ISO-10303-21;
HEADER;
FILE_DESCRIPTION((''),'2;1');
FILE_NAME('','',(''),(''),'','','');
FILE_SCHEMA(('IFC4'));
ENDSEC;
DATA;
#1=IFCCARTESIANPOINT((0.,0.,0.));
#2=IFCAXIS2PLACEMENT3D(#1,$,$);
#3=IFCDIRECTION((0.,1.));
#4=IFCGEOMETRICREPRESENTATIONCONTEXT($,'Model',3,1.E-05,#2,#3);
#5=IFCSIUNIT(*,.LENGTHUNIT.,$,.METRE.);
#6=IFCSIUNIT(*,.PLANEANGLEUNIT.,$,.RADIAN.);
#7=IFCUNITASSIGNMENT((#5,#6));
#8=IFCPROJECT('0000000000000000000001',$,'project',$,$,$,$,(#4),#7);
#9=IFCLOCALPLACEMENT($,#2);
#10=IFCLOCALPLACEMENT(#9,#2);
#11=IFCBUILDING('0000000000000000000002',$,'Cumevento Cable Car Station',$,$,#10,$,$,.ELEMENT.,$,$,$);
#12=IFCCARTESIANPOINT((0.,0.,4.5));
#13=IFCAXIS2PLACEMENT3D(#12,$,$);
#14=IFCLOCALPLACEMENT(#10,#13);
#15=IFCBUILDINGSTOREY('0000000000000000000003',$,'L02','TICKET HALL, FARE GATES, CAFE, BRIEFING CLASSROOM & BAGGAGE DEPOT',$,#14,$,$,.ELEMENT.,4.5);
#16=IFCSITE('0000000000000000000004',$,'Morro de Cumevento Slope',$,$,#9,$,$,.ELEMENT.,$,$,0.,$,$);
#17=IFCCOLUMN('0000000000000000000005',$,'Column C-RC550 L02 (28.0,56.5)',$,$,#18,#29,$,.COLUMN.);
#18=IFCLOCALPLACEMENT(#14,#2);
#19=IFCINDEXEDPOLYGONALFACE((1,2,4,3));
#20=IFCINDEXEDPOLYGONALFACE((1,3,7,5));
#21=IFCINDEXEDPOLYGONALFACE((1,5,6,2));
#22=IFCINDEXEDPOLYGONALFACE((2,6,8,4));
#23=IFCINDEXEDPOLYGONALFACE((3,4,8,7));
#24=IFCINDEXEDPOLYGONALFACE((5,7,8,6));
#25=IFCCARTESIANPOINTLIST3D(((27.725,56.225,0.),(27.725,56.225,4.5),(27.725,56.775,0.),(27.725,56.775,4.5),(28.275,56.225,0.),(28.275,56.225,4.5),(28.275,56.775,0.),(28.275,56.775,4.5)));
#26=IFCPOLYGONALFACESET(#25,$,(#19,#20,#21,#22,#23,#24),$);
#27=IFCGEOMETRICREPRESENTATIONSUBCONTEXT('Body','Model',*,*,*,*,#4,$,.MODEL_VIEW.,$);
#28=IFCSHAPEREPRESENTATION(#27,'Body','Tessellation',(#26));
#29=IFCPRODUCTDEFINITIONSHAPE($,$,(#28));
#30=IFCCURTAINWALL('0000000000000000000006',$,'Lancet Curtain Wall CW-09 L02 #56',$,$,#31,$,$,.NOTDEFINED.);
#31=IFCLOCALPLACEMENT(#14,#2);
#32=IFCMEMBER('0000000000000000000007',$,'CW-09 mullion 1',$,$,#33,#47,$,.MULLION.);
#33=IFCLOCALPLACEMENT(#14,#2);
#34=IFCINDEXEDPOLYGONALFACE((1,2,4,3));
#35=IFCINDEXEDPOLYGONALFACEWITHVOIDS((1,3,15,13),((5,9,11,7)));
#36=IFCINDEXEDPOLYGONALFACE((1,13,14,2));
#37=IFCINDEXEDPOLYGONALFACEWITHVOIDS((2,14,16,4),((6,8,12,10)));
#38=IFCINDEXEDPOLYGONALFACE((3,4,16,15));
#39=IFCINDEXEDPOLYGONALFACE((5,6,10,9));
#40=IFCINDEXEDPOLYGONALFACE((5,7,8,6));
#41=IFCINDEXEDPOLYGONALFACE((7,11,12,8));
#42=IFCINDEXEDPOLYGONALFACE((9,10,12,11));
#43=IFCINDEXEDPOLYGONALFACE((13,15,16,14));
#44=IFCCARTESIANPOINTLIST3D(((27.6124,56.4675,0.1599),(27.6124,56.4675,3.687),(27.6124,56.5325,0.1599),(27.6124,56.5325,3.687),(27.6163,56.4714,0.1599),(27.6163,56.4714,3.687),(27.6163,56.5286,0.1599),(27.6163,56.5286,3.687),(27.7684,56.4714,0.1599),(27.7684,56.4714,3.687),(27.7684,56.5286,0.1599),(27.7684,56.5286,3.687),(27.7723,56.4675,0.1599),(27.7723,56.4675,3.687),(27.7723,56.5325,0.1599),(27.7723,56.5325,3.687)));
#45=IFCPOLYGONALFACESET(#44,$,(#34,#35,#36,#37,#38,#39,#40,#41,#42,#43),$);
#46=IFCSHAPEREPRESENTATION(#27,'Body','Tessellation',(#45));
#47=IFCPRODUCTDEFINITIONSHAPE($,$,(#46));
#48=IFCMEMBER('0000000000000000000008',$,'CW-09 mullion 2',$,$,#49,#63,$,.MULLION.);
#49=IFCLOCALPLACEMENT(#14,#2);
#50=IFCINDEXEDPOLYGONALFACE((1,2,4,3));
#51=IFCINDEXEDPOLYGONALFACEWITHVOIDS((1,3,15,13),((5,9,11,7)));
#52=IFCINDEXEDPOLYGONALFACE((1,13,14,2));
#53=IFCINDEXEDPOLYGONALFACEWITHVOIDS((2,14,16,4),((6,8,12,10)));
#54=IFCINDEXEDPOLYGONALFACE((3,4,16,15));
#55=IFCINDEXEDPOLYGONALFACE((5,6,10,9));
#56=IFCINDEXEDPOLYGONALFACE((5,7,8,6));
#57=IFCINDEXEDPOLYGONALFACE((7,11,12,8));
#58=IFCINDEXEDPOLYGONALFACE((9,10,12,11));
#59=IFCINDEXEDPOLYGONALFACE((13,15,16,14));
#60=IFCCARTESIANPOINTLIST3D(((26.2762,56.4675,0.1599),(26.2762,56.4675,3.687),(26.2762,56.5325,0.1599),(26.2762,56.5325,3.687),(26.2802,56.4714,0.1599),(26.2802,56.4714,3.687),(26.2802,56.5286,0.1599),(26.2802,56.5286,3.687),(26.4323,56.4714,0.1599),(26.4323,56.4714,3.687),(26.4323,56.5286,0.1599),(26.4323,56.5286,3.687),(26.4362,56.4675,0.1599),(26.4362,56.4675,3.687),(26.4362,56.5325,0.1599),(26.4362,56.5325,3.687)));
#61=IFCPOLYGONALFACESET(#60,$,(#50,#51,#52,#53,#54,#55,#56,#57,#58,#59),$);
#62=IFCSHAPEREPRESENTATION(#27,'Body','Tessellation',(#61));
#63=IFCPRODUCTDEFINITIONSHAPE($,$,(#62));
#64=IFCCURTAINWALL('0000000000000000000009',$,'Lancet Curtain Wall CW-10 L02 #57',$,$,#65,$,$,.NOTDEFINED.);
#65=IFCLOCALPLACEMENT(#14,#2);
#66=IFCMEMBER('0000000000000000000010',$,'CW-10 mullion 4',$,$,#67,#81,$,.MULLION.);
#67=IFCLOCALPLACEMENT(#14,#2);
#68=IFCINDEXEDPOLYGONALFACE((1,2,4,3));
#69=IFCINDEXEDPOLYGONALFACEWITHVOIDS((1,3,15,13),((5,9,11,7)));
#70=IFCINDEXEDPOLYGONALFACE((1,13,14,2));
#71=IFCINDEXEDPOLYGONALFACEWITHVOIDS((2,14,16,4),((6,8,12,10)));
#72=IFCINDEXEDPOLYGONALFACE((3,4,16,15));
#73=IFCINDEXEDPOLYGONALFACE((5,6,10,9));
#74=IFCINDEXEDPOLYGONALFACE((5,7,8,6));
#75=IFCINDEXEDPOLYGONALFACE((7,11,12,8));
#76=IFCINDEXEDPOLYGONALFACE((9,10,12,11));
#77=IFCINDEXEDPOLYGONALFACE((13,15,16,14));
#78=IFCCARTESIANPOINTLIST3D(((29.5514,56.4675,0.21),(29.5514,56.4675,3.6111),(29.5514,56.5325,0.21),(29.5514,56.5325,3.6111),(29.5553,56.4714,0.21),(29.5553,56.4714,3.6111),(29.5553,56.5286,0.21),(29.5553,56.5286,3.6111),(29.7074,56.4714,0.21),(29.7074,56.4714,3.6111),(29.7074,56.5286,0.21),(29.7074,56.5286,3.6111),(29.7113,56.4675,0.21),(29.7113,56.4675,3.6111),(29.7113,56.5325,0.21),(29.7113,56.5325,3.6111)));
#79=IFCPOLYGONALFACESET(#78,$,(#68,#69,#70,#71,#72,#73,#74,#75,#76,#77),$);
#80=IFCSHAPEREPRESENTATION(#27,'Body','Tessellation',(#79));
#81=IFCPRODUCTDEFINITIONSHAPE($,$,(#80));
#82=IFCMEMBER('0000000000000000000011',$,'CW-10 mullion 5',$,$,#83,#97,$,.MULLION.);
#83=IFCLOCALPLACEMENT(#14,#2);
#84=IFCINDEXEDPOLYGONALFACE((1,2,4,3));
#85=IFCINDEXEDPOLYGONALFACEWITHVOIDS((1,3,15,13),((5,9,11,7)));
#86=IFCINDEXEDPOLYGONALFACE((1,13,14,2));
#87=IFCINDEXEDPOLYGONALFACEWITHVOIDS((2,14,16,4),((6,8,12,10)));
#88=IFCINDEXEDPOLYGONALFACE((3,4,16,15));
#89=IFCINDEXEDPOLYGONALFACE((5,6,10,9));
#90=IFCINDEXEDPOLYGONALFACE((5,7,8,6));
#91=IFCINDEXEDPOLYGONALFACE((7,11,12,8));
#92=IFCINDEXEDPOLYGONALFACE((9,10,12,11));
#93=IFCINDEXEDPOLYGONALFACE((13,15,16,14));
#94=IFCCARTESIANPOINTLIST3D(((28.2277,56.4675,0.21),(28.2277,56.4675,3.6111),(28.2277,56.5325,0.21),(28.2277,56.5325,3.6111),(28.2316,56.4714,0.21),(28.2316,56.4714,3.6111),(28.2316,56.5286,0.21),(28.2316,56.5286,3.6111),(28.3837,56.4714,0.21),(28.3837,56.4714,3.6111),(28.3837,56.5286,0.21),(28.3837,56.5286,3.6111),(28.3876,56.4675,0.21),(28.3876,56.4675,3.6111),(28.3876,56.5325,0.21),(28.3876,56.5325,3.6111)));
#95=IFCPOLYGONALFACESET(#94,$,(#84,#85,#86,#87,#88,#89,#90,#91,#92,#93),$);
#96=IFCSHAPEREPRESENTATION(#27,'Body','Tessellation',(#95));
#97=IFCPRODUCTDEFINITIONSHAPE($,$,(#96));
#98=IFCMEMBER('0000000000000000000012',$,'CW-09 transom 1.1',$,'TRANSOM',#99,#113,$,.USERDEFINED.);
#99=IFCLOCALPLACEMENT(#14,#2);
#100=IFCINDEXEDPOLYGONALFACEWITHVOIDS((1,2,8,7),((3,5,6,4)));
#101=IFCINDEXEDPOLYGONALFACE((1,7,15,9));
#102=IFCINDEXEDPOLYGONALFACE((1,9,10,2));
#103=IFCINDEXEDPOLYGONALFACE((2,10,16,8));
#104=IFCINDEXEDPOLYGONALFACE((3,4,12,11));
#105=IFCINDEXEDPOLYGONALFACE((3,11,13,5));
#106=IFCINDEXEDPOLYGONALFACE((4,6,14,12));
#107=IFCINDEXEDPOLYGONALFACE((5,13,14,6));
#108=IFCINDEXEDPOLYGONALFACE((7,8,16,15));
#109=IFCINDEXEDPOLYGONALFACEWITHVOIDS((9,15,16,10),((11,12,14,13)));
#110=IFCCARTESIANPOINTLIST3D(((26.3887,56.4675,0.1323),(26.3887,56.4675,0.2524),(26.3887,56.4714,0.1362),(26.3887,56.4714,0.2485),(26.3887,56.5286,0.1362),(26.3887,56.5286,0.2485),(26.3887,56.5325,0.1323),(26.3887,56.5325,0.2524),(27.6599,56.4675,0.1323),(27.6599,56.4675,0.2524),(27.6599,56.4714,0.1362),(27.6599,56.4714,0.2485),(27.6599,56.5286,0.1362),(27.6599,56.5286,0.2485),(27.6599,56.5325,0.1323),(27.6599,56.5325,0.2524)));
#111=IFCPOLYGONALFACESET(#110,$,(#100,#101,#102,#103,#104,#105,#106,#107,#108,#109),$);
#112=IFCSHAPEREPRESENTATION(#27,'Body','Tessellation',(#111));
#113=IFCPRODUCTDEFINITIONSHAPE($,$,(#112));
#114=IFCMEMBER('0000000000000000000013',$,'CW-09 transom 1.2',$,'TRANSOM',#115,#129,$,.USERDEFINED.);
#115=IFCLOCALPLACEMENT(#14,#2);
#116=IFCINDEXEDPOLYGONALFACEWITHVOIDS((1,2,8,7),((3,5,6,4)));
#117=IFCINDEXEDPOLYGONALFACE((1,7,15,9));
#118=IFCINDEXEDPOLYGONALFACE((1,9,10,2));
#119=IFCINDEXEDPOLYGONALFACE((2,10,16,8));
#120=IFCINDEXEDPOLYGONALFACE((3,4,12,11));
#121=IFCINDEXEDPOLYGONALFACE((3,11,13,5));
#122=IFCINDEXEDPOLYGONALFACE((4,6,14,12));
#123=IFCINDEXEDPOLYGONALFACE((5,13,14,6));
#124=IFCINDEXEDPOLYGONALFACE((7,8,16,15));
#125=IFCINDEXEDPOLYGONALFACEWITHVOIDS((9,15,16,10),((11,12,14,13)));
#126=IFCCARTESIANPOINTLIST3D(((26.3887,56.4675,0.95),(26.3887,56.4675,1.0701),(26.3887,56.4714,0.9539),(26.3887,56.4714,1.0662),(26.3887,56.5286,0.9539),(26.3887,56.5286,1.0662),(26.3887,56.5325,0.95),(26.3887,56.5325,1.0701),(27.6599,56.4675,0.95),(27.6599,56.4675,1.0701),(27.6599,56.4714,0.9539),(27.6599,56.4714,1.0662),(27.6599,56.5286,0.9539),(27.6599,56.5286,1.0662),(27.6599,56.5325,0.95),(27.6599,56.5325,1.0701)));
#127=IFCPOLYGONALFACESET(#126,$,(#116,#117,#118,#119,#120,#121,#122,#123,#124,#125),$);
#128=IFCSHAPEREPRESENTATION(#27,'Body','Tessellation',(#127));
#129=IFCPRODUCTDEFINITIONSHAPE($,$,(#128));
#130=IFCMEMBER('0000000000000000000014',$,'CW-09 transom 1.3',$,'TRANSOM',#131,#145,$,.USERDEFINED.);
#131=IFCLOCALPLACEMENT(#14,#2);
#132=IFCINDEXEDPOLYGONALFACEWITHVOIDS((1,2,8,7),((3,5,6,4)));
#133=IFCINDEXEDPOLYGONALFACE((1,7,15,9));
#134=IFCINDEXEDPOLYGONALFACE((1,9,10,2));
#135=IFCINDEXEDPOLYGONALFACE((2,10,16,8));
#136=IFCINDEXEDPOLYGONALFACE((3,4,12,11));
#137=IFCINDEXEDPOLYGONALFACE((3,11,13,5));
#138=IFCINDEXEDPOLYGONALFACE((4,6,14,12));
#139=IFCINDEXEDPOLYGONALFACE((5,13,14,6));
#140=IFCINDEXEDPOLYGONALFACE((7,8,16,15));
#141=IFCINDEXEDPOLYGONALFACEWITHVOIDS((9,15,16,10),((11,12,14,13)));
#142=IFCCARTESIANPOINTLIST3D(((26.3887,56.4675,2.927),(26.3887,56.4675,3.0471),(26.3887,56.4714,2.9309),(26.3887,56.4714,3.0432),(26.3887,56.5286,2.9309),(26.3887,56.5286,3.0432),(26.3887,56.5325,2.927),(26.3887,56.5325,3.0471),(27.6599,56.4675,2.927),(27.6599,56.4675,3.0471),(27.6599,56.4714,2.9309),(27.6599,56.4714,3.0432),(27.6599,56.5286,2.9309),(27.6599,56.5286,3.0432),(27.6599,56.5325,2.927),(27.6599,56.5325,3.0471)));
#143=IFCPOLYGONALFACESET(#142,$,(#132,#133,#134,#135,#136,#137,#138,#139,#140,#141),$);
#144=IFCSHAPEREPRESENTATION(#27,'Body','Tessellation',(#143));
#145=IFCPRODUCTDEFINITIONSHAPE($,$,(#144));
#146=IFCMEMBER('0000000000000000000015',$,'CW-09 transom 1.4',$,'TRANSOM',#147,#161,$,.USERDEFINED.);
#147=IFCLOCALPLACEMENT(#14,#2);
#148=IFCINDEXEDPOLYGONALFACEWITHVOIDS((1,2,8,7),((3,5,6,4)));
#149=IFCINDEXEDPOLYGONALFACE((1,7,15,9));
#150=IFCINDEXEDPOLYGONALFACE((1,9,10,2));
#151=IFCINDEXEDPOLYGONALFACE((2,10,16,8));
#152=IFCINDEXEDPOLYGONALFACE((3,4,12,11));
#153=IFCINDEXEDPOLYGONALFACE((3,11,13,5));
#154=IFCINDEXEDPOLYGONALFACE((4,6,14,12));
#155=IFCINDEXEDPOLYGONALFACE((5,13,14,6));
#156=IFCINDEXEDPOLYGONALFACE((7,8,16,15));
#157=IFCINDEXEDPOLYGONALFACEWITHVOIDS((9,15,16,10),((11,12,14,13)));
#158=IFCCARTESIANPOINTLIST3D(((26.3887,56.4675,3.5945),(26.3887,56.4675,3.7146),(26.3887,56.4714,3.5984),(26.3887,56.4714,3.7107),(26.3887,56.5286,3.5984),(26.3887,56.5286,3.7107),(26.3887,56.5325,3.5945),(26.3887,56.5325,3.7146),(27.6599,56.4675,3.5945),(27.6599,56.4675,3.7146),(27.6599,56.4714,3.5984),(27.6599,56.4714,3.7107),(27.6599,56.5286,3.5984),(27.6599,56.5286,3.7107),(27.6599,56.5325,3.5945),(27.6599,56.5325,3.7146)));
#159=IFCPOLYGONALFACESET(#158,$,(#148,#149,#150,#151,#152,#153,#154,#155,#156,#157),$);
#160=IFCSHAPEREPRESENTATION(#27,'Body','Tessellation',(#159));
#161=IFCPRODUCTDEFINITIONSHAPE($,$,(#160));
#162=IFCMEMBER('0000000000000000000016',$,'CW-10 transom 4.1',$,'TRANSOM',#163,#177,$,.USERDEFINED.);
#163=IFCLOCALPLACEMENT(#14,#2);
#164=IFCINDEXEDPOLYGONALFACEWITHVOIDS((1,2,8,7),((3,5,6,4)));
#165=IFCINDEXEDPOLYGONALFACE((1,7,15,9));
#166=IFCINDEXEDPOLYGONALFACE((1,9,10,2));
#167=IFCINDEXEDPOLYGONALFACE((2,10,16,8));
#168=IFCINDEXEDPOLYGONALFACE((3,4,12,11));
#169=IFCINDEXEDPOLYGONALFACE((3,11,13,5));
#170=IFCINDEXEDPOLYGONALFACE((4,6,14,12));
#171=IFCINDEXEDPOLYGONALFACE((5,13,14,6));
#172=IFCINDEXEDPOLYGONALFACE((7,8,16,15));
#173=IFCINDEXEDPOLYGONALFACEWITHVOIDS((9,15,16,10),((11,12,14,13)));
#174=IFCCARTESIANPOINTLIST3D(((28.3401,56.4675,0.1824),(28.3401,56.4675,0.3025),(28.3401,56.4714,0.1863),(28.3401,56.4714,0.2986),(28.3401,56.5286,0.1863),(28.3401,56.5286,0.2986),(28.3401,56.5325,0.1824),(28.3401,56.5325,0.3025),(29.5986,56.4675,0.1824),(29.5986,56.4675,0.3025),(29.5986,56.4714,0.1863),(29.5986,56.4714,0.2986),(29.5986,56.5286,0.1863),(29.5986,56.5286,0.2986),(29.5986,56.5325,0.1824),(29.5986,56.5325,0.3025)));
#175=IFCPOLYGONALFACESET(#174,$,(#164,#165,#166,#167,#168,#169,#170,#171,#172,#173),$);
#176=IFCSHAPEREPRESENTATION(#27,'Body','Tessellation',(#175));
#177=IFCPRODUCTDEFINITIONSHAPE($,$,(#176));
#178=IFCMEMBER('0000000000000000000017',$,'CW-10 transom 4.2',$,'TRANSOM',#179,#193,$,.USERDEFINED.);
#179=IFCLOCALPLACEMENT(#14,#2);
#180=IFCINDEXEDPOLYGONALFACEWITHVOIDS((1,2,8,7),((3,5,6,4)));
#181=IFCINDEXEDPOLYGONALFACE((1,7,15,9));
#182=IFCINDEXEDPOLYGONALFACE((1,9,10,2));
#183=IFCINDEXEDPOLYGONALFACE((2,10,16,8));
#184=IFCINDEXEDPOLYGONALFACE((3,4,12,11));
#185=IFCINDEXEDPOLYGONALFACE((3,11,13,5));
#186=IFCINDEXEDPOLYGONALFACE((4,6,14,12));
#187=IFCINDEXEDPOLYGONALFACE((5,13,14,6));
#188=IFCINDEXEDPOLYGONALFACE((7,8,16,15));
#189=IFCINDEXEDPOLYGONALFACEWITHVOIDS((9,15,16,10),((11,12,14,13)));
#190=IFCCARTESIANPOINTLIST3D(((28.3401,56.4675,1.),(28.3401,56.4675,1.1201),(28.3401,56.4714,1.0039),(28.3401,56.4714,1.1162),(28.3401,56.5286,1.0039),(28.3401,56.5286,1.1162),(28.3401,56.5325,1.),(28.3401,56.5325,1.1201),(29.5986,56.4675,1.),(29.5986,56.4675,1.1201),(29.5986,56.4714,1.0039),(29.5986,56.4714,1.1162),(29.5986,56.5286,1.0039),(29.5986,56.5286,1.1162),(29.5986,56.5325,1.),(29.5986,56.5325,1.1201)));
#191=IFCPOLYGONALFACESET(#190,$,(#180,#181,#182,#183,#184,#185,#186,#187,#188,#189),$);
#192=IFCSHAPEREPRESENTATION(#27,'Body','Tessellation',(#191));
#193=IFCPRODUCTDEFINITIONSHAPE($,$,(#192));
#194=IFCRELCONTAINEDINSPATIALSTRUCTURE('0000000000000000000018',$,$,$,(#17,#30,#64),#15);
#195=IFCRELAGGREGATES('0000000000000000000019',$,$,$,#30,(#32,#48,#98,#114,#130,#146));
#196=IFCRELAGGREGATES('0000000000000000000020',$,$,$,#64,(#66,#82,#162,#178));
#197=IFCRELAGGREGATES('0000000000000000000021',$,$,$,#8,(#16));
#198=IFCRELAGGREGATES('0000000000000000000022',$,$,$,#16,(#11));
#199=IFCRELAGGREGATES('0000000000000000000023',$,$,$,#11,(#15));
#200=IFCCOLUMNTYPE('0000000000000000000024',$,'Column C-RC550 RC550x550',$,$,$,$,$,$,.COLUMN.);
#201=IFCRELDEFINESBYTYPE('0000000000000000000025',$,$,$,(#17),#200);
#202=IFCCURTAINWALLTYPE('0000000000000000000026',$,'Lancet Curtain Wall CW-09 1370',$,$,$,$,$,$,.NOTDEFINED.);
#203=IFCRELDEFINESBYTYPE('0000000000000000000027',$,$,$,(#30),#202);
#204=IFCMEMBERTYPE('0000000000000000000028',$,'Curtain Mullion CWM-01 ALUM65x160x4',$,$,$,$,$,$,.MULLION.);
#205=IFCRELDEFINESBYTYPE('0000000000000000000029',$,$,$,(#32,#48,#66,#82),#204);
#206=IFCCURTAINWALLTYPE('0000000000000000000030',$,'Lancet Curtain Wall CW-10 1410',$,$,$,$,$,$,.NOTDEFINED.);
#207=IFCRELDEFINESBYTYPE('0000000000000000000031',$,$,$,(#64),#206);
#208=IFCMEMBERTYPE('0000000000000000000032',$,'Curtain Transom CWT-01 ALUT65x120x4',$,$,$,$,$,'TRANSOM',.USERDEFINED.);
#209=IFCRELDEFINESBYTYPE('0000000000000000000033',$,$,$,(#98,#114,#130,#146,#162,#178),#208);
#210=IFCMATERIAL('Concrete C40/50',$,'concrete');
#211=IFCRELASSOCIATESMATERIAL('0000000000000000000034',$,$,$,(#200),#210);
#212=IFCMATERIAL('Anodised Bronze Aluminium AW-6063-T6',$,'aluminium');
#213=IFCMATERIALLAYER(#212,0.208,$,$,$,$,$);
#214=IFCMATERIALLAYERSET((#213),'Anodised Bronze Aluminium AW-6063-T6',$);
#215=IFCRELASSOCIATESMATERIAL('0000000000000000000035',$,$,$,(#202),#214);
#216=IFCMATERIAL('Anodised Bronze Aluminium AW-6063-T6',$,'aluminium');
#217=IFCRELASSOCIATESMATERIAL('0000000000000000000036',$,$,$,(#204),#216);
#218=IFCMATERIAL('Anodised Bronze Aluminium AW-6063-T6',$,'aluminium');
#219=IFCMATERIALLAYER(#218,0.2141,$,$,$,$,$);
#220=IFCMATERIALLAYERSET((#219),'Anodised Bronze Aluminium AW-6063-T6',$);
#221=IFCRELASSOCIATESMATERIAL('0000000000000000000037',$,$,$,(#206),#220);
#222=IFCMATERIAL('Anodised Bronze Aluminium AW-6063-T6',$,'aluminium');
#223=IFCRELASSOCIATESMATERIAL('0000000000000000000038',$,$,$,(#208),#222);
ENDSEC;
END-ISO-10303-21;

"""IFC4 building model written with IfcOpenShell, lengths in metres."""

from ifc_helpers import new_model, si_unit, direction, frame, origin, origin_2d, place, context, subcontext, project, spatial, rectangle, hollow_rectangle, extrude, material, layer, layer_set, material_profile, profile_set, type_object, element, aggregate, save


model = new_model("IFC4")

# Units and contexts
model_context = context("Model", 3, precision=1e-05, world=origin(), true_north=direction((0.0, 1.0)))
body_context = subcontext(model_context, "Body", "Model", "MODEL_VIEW")
ifc_project = project(units=[si_unit("LENGTHUNIT", "METRE"), si_unit("PLANEANGLEUNIT", "RADIAN")], contexts=[model_context])

# Site, building, storey
site_placement = place(None, origin())
site = spatial("IfcSite", under=ifc_project, at=site_placement, Name="Morro de Cumevento Slope", CompositionType="ELEMENT", RefElevation=0.0)
building_placement = place(site_placement, origin())
building = spatial("IfcBuilding", under=site, at=building_placement, Name="Cumevento Cable Car Station", CompositionType="ELEMENT")
storey_placement = place(building_placement, frame((0.0, 0.0, 4.5)))
storey = spatial("IfcBuildingStorey", under=building, at=storey_placement, Name="L02", Description="TICKET HALL, FARE GATES, CAFE, BRIEFING CLASSROOM & BAGGAGE DEPOT", CompositionType="ELEMENT", Elevation=4.5)

# Column
ifc_material_1 = material(Name="Concrete C40/50", Category="concrete")
ifc_material_profile_1 = material_profile(ifc_material_1, rectangle(XDim=0.55, YDim=0.55, at=origin_2d()), Name="RC550x550")
ifc_profile_set_1 = profile_set([ifc_material_profile_1], Name="Concrete C40/50")
column_type = type_object("IfcColumnType", Name="Column C-RC550 RC550x550", PredefinedType="COLUMN", material=ifc_profile_set_1)
column_placement = place(storey_placement, frame((28.0, 56.5, 0.0), z_axis=(0.0, 0.0, 1.0), x_axis=(1.0, 0.0, 0.0)))
element("IfcColumn", 1, at=column_placement, inside=storey, type_object=column_type, Name="Column C-RC550 L02 (28.0,56.5)", PredefinedType="COLUMN", context=body_context, shape_type="SweptSolid", body=[
    extrude(rectangle(XDim=0.55, YDim=0.55, at=origin_2d()), origin(), (0.0, 0.0, 1.0), 4.5),
])

# Curtain walls, members
ifc_material_2 = material(Name="Anodised Bronze Aluminium AW-6063-T6", Category="aluminium")
ifc_layer_1 = layer(ifc_material_2, 0.208)
ifc_layer_set_1 = layer_set([ifc_layer_1], Name="Anodised Bronze Aluminium AW-6063-T6")
curtain_wall_type_1 = type_object("IfcCurtainWallType", Name="Lancet Curtain Wall CW-09 1370", PredefinedType="NOTDEFINED", material=ifc_layer_set_1)
curtain_wall_1_placement = place(storey_placement, origin())
curtain_wall_1 = element("IfcCurtainWall", 2, at=curtain_wall_1_placement, inside=storey, type_object=curtain_wall_type_1, Name="Lancet Curtain Wall CW-09 L02 #56", PredefinedType="NOTDEFINED")
ifc_material_3 = material(Name="Anodised Bronze Aluminium AW-6063-T6", Category="aluminium")
ifc_material_profile_2 = material_profile(ifc_material_3, hollow_rectangle(XDim=0.0649, YDim=0.1599, WallThickness=0.0039, at=origin_2d()), Name="ALUM65x160x4")
ifc_profile_set_2 = profile_set([ifc_material_profile_2], Name="Anodised Bronze Aluminium AW-6063-T6")
member_type_1 = type_object("IfcMemberType", Name="Curtain Mullion CWM-01 ALUM65x160x4", PredefinedType="MULLION", material=ifc_profile_set_2)
member_1_placement = place(storey_placement, frame((27.6924, 56.5, 0.1599), z_axis=(0.0, 0.0, 1.0), x_axis=(0.0, -1.0, 0.0)))
member_1 = element("IfcMember", 3, at=member_1_placement, type_object=member_type_1, Name="CW-09 mullion 1", PredefinedType="MULLION", context=body_context, shape_type="SweptSolid", body=[
    extrude(hollow_rectangle(XDim=0.0649, YDim=0.1599, WallThickness=0.0039, at=origin_2d()), origin(), (0.0, 0.0, 1.0), 3.5271),
])
member_2_placement = place(storey_placement, frame((26.3562, 56.5, 0.1599), z_axis=(0.0, 0.0, 1.0), x_axis=(0.0, -1.0, 0.0)))
member_2 = element("IfcMember", 4, at=member_2_placement, type_object=member_type_1, Name="CW-09 mullion 2", PredefinedType="MULLION", context=body_context, shape_type="SweptSolid", body=[
    extrude(hollow_rectangle(XDim=0.0649, YDim=0.1599, WallThickness=0.0039, at=origin_2d()), origin(), (0.0, 0.0, 1.0), 3.5271),
])
ifc_material_4 = material(Name="Anodised Bronze Aluminium AW-6063-T6", Category="aluminium")
ifc_layer_2 = layer(ifc_material_4, 0.2141)
ifc_layer_set_2 = layer_set([ifc_layer_2], Name="Anodised Bronze Aluminium AW-6063-T6")
curtain_wall_type_2 = type_object("IfcCurtainWallType", Name="Lancet Curtain Wall CW-10 1410", PredefinedType="NOTDEFINED", material=ifc_layer_set_2)
curtain_wall_2_placement = place(storey_placement, origin())
curtain_wall_2 = element("IfcCurtainWall", 5, at=curtain_wall_2_placement, inside=storey, type_object=curtain_wall_type_2, Name="Lancet Curtain Wall CW-10 L02 #57", PredefinedType="NOTDEFINED")
member_3_placement = place(storey_placement, frame((29.6313, 56.5, 0.21), z_axis=(0.0, 0.0, 1.0), x_axis=(0.0, -1.0, 0.0)))
member_3 = element("IfcMember", 6, at=member_3_placement, type_object=member_type_1, Name="CW-10 mullion 4", PredefinedType="MULLION", context=body_context, shape_type="SweptSolid", body=[
    extrude(hollow_rectangle(XDim=0.0649, YDim=0.1599, WallThickness=0.0039, at=origin_2d()), origin(), (0.0, 0.0, 1.0), 3.4011),
])
member_4_placement = place(storey_placement, frame((28.3076, 56.5, 0.21), z_axis=(0.0, 0.0, 1.0), x_axis=(0.0, -1.0, 0.0)))
member_4 = element("IfcMember", 7, at=member_4_placement, type_object=member_type_1, Name="CW-10 mullion 5", PredefinedType="MULLION", context=body_context, shape_type="SweptSolid", body=[
    extrude(hollow_rectangle(XDim=0.0649, YDim=0.1599, WallThickness=0.0039, at=origin_2d()), origin(), (0.0, 0.0, 1.0), 3.4011),
])

# Members
ifc_material_5 = material(Name="Anodised Bronze Aluminium AW-6063-T6", Category="aluminium")
ifc_material_profile_3 = material_profile(ifc_material_5, hollow_rectangle(XDim=0.0649, YDim=0.1201, WallThickness=0.0039, at=origin_2d()), Name="ALUT65x120x4")
ifc_profile_set_3 = profile_set([ifc_material_profile_3], Name="Anodised Bronze Aluminium AW-6063-T6")
member_type_2 = type_object("IfcMemberType", Name="Curtain Transom CWT-01 ALUT65x120x4", ElementType="TRANSOM", PredefinedType="USERDEFINED", material=ifc_profile_set_3)
member_5_placement = place(storey_placement, frame((27.6599, 56.5, 0.1924), z_axis=(-1.0, 0.0, 0.0), x_axis=(0.0, -1.0, 0.0)))
member_5 = element("IfcMember", 8, at=member_5_placement, type_object=member_type_2, Name="CW-09 transom 1.1", ObjectType="TRANSOM", PredefinedType="USERDEFINED", context=body_context, shape_type="SweptSolid", body=[
    extrude(hollow_rectangle(XDim=0.0649, YDim=0.1201, WallThickness=0.0039, at=origin_2d()), origin(), (0.0, 0.0, 1.0), 1.2712),
])
member_6_placement = place(storey_placement, frame((27.6599, 56.5, 1.01), z_axis=(-1.0, 0.0, 0.0), x_axis=(0.0, -1.0, 0.0)))
member_6 = element("IfcMember", 9, at=member_6_placement, type_object=member_type_2, Name="CW-09 transom 1.2", ObjectType="TRANSOM", PredefinedType="USERDEFINED", context=body_context, shape_type="SweptSolid", body=[
    extrude(hollow_rectangle(XDim=0.0649, YDim=0.1201, WallThickness=0.0039, at=origin_2d()), origin(), (0.0, 0.0, 1.0), 1.2712),
])
member_7_placement = place(storey_placement, frame((27.6599, 56.5, 2.9871), z_axis=(-1.0, 0.0, 0.0), x_axis=(0.0, -1.0, 0.0)))
member_7 = element("IfcMember", 10, at=member_7_placement, type_object=member_type_2, Name="CW-09 transom 1.3", ObjectType="TRANSOM", PredefinedType="USERDEFINED", context=body_context, shape_type="SweptSolid", body=[
    extrude(hollow_rectangle(XDim=0.0649, YDim=0.1201, WallThickness=0.0039, at=origin_2d()), origin(), (0.0, 0.0, 1.0), 1.2712),
])
member_8_placement = place(storey_placement, frame((27.6599, 56.5, 3.6545), z_axis=(-1.0, 0.0, 0.0), x_axis=(0.0, -1.0, 0.0)))
member_8 = element("IfcMember", 11, at=member_8_placement, type_object=member_type_2, Name="CW-09 transom 1.4", ObjectType="TRANSOM", PredefinedType="USERDEFINED", context=body_context, shape_type="SweptSolid", body=[
    extrude(hollow_rectangle(XDim=0.0649, YDim=0.1201, WallThickness=0.0039, at=origin_2d()), origin(), (0.0, 0.0, 1.0), 1.2712),
])
member_9_placement = place(storey_placement, frame((29.5986, 56.5, 0.2424), z_axis=(-1.0, 0.0, 0.0), x_axis=(0.0, -1.0, 0.0)))
member_9 = element("IfcMember", 12, at=member_9_placement, type_object=member_type_2, Name="CW-10 transom 4.1", ObjectType="TRANSOM", PredefinedType="USERDEFINED", context=body_context, shape_type="SweptSolid", body=[
    extrude(hollow_rectangle(XDim=0.0649, YDim=0.1201, WallThickness=0.0039, at=origin_2d()), origin(), (0.0, 0.0, 1.0), 1.2585),
])
member_10_placement = place(storey_placement, frame((29.5986, 56.5, 1.0601), z_axis=(-1.0, 0.0, 0.0), x_axis=(0.0, -1.0, 0.0)))
member_10 = element("IfcMember", 13, at=member_10_placement, type_object=member_type_2, Name="CW-10 transom 4.2", ObjectType="TRANSOM", PredefinedType="USERDEFINED", context=body_context, shape_type="SweptSolid", body=[
    extrude(hollow_rectangle(XDim=0.0649, YDim=0.1201, WallThickness=0.0039, at=origin_2d()), origin(), (0.0, 0.0, 1.0), 1.2585),
])

aggregate(curtain_wall_1, [member_1, member_2, member_5, member_6, member_7, member_8])
aggregate(curtain_wall_2, [member_3, member_4, member_9, member_10])

save(model, "model.ifc")
